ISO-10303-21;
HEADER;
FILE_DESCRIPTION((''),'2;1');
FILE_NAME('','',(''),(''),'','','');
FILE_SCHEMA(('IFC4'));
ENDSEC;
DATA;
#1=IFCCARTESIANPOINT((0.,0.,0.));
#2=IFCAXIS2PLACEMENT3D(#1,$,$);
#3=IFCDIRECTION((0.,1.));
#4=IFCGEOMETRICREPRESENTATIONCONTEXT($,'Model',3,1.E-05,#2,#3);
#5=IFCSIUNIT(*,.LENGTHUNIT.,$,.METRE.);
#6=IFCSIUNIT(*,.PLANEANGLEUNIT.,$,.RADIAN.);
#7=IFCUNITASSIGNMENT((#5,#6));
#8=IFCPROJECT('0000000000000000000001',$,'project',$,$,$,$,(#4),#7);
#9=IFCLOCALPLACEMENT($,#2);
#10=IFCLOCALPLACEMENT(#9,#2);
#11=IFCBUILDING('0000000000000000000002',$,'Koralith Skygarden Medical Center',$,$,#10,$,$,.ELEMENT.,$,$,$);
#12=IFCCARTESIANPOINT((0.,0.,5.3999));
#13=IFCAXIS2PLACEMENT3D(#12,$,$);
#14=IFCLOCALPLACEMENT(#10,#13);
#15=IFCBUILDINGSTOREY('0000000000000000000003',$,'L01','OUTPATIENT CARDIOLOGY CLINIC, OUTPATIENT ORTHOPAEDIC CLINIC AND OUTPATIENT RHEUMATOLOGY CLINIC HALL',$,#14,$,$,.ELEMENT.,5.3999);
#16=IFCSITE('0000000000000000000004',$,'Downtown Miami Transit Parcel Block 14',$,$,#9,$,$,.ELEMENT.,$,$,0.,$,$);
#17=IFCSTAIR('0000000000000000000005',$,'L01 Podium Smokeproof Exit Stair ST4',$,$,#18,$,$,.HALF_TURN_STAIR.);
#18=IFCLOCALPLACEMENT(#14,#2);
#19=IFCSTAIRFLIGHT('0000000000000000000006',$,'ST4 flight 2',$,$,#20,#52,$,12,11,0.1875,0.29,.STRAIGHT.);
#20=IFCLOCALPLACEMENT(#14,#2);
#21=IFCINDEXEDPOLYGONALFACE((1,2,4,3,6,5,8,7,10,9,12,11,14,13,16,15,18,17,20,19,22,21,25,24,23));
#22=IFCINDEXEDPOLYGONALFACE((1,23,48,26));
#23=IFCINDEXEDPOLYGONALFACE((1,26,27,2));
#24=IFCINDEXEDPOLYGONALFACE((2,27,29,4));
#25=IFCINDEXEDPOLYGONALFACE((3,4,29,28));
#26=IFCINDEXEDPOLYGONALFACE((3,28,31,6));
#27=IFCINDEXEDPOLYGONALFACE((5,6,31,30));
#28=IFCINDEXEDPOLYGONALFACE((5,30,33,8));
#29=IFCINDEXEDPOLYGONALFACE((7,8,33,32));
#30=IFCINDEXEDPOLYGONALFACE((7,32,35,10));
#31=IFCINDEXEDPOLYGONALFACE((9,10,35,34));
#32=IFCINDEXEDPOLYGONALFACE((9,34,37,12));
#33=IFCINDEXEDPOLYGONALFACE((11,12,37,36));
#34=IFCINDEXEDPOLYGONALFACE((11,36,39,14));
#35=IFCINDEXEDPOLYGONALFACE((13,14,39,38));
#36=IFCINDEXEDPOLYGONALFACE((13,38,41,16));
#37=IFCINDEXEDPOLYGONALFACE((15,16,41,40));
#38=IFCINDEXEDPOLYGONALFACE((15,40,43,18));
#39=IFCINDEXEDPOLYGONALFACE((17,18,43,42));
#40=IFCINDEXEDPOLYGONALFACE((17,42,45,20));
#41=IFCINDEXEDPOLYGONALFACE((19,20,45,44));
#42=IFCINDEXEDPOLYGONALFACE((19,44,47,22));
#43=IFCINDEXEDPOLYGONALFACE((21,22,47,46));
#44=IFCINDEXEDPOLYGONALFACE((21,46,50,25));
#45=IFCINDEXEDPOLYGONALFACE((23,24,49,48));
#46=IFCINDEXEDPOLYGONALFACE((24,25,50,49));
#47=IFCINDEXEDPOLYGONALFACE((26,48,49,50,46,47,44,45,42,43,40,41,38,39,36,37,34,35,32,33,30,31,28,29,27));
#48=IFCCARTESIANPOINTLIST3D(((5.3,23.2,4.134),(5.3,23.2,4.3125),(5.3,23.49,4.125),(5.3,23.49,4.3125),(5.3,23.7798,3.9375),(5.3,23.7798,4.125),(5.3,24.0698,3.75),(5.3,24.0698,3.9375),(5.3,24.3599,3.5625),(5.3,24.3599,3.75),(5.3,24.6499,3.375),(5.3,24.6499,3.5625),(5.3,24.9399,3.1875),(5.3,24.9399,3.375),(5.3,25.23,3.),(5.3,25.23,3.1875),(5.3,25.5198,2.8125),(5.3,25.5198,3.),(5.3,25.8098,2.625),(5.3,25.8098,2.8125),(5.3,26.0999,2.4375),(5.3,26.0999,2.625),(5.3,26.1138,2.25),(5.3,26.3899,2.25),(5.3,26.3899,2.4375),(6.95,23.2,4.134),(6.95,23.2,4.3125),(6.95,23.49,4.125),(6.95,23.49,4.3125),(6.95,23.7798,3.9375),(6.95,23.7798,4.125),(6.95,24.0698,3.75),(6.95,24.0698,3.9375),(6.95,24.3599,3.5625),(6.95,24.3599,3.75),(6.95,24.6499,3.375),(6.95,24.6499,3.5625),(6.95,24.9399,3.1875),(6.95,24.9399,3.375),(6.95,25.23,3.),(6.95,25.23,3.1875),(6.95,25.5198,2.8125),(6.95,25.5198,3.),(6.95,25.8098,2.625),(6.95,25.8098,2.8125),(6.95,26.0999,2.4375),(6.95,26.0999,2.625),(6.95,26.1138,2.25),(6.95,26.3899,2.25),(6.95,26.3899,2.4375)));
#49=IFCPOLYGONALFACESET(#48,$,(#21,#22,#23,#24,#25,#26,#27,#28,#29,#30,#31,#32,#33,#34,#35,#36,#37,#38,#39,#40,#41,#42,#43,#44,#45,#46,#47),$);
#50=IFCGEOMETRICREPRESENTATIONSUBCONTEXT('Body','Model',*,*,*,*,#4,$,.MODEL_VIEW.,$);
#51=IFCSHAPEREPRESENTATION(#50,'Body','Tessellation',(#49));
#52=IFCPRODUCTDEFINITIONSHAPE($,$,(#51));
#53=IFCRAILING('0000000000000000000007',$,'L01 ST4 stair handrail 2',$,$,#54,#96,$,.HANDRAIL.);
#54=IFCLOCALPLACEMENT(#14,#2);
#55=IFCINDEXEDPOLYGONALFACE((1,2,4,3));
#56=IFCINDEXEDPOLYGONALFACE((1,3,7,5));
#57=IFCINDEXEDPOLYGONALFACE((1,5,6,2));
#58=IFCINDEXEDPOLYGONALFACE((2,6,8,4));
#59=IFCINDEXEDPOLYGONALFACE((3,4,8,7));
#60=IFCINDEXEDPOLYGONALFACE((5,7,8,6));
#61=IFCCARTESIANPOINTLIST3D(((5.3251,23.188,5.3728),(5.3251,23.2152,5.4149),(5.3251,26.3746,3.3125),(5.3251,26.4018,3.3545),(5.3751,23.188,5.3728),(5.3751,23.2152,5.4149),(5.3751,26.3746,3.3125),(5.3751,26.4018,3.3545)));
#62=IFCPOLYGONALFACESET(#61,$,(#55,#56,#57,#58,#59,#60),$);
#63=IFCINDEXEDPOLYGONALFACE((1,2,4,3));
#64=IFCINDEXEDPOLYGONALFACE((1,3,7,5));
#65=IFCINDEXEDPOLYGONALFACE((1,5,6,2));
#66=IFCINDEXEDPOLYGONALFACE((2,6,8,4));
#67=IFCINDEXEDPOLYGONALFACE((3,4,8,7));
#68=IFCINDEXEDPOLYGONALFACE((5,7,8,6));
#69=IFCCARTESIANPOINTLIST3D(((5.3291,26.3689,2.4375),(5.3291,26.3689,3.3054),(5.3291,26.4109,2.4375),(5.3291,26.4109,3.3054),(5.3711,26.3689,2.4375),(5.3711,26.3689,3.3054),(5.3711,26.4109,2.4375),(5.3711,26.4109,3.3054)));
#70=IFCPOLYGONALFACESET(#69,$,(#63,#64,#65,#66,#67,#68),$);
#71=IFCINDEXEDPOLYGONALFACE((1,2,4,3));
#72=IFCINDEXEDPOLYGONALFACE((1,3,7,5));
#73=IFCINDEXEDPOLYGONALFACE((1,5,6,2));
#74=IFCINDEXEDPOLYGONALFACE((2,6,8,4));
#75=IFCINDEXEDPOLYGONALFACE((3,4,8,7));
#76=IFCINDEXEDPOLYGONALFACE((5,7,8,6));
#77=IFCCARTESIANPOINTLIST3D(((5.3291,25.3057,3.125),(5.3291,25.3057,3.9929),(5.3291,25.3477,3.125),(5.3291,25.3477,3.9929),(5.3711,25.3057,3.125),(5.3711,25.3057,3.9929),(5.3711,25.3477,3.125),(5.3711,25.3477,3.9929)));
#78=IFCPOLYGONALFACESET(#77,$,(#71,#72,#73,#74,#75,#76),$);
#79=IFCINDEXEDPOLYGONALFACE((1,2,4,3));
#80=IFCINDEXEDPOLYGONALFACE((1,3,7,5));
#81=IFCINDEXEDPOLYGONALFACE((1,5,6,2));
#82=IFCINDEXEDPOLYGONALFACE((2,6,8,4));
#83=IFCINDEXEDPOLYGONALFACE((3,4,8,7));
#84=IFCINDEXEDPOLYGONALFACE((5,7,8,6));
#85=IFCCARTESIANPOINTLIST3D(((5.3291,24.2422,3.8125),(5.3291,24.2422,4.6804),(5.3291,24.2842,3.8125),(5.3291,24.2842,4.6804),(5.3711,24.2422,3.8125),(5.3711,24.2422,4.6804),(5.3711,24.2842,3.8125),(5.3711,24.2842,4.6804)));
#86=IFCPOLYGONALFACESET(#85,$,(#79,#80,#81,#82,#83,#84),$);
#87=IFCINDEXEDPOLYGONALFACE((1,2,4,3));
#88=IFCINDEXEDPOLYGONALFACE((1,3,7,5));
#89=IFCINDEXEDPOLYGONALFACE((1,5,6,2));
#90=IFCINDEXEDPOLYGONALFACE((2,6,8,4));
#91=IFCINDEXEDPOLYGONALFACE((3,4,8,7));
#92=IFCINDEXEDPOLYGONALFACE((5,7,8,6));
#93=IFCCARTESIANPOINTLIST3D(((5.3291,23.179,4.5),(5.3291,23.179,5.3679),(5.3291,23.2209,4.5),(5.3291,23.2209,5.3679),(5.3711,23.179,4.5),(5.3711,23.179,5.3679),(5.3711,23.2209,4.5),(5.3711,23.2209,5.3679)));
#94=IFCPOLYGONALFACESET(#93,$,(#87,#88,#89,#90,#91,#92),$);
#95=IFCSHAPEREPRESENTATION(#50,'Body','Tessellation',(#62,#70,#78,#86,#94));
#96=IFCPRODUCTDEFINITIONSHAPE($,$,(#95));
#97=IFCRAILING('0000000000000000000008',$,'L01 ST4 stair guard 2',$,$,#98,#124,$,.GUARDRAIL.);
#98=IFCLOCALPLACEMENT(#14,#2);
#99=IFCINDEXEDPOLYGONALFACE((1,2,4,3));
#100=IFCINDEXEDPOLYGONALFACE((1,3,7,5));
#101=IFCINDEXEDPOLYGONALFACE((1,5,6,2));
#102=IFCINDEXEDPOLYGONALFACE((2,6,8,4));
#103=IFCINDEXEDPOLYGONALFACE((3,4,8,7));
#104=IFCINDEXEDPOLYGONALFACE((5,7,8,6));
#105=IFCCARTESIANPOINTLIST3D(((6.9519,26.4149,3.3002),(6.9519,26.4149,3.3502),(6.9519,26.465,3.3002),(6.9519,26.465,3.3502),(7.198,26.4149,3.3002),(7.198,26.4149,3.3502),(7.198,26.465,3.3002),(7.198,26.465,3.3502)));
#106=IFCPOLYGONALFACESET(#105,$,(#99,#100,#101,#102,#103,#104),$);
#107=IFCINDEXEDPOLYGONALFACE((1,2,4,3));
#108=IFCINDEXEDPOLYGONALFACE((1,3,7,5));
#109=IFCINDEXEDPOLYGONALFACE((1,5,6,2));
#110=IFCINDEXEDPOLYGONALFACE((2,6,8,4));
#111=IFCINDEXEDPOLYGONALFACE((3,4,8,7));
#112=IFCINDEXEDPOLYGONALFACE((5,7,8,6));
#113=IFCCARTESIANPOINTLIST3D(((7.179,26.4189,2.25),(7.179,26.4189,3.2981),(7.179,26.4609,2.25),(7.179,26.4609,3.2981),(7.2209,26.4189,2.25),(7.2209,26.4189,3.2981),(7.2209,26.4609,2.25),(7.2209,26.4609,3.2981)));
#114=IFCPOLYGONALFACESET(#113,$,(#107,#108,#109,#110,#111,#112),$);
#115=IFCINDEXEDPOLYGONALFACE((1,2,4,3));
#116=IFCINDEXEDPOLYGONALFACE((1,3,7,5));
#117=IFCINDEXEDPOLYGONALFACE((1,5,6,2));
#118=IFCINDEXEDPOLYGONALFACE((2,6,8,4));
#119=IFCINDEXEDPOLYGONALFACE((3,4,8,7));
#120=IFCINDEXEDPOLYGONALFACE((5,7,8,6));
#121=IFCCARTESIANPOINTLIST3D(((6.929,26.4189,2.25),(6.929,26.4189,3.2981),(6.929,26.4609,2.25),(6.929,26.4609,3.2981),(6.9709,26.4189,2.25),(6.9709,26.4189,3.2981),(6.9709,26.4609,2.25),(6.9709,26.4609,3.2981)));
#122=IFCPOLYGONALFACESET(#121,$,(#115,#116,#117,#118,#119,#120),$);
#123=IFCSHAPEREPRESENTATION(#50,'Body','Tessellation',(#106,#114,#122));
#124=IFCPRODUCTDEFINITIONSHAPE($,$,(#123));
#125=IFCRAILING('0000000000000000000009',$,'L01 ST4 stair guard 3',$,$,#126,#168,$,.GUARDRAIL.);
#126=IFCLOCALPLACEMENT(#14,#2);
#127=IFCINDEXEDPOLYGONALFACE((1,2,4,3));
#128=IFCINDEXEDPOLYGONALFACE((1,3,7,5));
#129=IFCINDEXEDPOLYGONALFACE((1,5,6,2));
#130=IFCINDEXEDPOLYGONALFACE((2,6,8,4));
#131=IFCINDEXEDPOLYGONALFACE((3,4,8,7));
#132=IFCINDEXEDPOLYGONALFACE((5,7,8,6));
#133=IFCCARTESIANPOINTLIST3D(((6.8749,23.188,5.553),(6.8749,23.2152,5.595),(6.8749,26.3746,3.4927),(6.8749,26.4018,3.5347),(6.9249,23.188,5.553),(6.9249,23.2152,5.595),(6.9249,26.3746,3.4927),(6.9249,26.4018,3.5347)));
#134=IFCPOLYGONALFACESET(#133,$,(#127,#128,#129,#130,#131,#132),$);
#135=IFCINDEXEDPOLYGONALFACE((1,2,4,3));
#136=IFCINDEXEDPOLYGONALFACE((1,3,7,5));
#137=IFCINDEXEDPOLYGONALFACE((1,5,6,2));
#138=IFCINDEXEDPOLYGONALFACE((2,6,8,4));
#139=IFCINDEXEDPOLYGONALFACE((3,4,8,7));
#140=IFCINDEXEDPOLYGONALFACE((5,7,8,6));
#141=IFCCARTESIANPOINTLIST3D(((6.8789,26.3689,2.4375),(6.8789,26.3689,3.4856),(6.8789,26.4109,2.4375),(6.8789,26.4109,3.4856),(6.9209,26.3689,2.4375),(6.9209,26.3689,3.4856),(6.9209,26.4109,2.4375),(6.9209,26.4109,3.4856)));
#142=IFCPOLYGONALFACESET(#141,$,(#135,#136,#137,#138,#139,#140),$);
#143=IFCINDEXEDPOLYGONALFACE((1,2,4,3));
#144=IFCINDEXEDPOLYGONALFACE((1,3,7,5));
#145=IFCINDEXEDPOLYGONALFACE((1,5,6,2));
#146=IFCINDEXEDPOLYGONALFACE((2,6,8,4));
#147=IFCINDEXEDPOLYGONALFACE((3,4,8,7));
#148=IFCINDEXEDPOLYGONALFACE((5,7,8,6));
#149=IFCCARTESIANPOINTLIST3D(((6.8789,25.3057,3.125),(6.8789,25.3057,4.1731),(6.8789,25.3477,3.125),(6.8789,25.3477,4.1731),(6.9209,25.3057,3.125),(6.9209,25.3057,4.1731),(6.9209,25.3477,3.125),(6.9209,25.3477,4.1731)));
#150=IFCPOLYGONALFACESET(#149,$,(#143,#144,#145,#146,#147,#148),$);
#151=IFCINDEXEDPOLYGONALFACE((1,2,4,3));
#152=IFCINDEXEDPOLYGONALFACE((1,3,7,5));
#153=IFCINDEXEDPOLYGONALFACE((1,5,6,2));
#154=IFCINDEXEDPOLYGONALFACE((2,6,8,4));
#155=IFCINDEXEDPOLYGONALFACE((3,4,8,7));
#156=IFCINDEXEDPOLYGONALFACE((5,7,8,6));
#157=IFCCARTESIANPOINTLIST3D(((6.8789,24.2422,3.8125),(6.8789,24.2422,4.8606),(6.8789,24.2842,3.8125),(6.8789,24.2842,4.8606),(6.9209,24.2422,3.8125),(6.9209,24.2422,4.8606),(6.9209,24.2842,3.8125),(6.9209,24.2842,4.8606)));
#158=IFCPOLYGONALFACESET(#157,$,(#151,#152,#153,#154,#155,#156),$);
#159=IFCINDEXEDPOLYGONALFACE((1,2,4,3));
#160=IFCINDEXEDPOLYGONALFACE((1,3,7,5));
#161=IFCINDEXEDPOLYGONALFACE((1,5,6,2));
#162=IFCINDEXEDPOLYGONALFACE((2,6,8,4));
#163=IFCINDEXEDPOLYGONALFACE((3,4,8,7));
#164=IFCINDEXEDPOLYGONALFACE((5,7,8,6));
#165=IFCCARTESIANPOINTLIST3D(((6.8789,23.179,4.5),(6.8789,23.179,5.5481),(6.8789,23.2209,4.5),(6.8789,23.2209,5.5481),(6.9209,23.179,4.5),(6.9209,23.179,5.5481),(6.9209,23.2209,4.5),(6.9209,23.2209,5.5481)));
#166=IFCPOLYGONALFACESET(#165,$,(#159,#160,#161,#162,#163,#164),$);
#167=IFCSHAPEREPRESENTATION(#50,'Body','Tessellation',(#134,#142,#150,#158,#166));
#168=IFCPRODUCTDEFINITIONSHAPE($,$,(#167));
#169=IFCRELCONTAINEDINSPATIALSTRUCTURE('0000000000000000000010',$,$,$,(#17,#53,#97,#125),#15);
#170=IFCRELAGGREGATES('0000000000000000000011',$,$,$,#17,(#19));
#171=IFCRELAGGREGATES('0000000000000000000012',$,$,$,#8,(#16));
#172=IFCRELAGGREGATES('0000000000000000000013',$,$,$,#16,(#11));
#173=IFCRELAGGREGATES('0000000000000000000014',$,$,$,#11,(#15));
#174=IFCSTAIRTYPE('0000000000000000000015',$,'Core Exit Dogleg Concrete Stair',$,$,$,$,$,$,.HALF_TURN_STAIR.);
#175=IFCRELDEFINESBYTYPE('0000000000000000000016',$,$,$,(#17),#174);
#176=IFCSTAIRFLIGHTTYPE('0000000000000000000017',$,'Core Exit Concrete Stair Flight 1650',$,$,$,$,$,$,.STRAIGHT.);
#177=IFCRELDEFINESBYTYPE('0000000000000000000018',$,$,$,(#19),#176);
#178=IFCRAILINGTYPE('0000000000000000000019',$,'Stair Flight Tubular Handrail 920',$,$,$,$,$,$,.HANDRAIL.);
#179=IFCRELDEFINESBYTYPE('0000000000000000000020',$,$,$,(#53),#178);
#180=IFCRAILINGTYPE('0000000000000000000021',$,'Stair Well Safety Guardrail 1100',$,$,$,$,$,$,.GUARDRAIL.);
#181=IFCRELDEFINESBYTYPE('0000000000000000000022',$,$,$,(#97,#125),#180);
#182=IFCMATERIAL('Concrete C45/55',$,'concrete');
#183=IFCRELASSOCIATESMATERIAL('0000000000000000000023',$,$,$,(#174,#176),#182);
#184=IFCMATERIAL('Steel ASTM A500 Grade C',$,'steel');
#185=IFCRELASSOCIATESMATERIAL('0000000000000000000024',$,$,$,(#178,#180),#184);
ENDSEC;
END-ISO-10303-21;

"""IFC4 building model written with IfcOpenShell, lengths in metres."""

from ifc_helpers import new_model, si_unit, direction, frame, origin, origin_2d, place, context, subcontext, project, spatial, polyline, rectangle, outline, extrude, material, type_object, element, aggregate, save


model = new_model("IFC4")

# Units and contexts
model_context = context("Model", 3, precision=1e-05, world=origin(), true_north=direction((0.0, 1.0)))
body_context = subcontext(model_context, "Body", "Model", "MODEL_VIEW")
ifc_project = project(units=[si_unit("LENGTHUNIT", "METRE"), si_unit("PLANEANGLEUNIT", "RADIAN")], contexts=[model_context])

# Site, building, storey
site_placement = place(None, origin())
site = spatial("IfcSite", under=ifc_project, at=site_placement, Name="Downtown Miami Transit Parcel Block 14", CompositionType="ELEMENT", RefElevation=0.0)
building_placement = place(site_placement, origin())
building = spatial("IfcBuilding", under=site, at=building_placement, Name="Koralith Skygarden Medical Center", CompositionType="ELEMENT")
storey_placement = place(building_placement, frame((0.0, 0.0, 5.3999)))
storey = spatial("IfcBuildingStorey", under=building, at=storey_placement, Name="L01", Description="OUTPATIENT CARDIOLOGY CLINIC, OUTPATIENT ORTHOPAEDIC CLINIC AND OUTPATIENT RHEUMATOLOGY CLINIC HALL", CompositionType="ELEMENT", Elevation=5.3999)

# Shared definitions
ifc_material_1 = material(Name="Concrete C45/55", Category="concrete")

# Stair, stair flight
stair_type = type_object("IfcStairType", Name="Core Exit Dogleg Concrete Stair", PredefinedType="HALF_TURN_STAIR", material=ifc_material_1)
stair_placement = place(storey_placement, origin())
stair = element("IfcStair", 1, at=stair_placement, inside=storey, type_object=stair_type, Name="L01 Podium Smokeproof Exit Stair ST4", PredefinedType="HALF_TURN_STAIR")
stair_flight_type = type_object("IfcStairFlightType", Name="Core Exit Concrete Stair Flight 1650", PredefinedType="STRAIGHT", material=ifc_material_1)
stair_flight_placement = place(storey_placement, frame((6.125, 26.3899, 2.25), z_axis=(0.0, 0.0, 1.0), x_axis=(0.0, -1.0, 0.0)))
stair_flight = element("IfcStairFlight", 2, at=stair_flight_placement, type_object=stair_flight_type, Name="ST4 flight 2", NumberOfRisers=12, NumberOfTreads=11, PredefinedType="STRAIGHT", RiserHeight=0.1875, TreadLength=0.29, context=body_context, shape_type="SweptSolid", body=[
    extrude(outline(polyline([(0.0, 0.0), (0.0, 0.1875), (0.29, 0.1875), (0.29, 0.375), (0.5801, 0.375), (0.5801, 0.5625), (0.8701, 0.5625), (0.8701, 0.75), (1.1599, 0.75), (1.1599, 0.9375), (1.45, 0.9375), (1.45, 1.125), (1.74, 1.125), (1.74, 1.3125), (2.03, 1.3125), (2.03, 1.5), (2.3201, 1.5), (2.3201, 1.6875), (2.6101, 1.6875), (2.6101, 1.875), (2.8999, 1.875), (2.8999, 2.0625), (3.1899, 2.0625), (3.1899, 2.25), (3.1899, 1.884), (0.2761, 0.0), (0.0, 0.0)])), frame((0.0, 0.825, 0.0), z_axis=(0.0, -1.0, 0.0), x_axis=(1.0, 0.0, 0.0)), (0.0, 0.0, 1.0), 1.6499),
])
aggregate(stair, [stair_flight])

# Railings
ifc_material_2 = material(Name="Steel ASTM A500 Grade C", Category="steel")
railing_type_1 = type_object("IfcRailingType", Name="Stair Flight Tubular Handrail 920", PredefinedType="HANDRAIL", material=ifc_material_2)
railing_1_placement = place(storey_placement, frame((5.3501, 26.3899, 2.4375)))
element("IfcRailing", 3, at=railing_1_placement, inside=storey, type_object=railing_type_1, Name="L01 ST4 stair handrail 2", PredefinedType="HANDRAIL", context=body_context, shape_type="SweptSolid", body=[
    extrude(rectangle(XDim=0.05, YDim=0.05, at=origin_2d()), frame((0.0, -0.0017, 0.896), z_axis=(0.0, -0.83976, 0.542958), x_axis=(1.0, 0.0, 0.0)), (0.0, 0.0, 1.0), 3.7947),
    extrude(rectangle(XDim=0.042, YDim=0.042, at=origin_2d()), origin(), (0.0, 0.0, 1.0), 0.8679),
    extrude(rectangle(XDim=0.042, YDim=0.042, at=origin_2d()), frame((0.0, -1.0632, 0.6875)), (0.0, 0.0, 1.0), 0.8679),
    extrude(rectangle(XDim=0.042, YDim=0.042, at=origin_2d()), frame((0.0, -2.1267, 1.375)), (0.0, 0.0, 1.0), 0.8679),
    extrude(rectangle(XDim=0.042, YDim=0.042, at=origin_2d()), frame((0.0, -3.1899, 2.0625)), (0.0, 0.0, 1.0), 0.8679),
])
railing_type_2 = type_object("IfcRailingType", Name="Stair Well Safety Guardrail 1100", PredefinedType="GUARDRAIL", material=ifc_material_2)
railing_2_placement = place(storey_placement, frame((7.2, 26.4399, 2.25)))
element("IfcRailing", 4, at=railing_2_placement, inside=storey, type_object=railing_type_2, Name="L01 ST4 stair guard 2", PredefinedType="GUARDRAIL", context=body_context, shape_type="SweptSolid", body=[
    extrude(rectangle(XDim=0.05, YDim=0.05, at=origin_2d()), frame((-0.002, 0.0, 1.0752), z_axis=(-1.0, 0.0, 0.0), x_axis=(0.0, -1.0, 0.0)), (0.0, 0.0, 1.0), 0.2461),
    extrude(rectangle(XDim=0.042, YDim=0.042, at=origin_2d()), origin(), (0.0, 0.0, 1.0), 1.0481),
    extrude(rectangle(XDim=0.042, YDim=0.042, at=origin_2d()), frame((-0.25, 0.0, 0.0)), (0.0, 0.0, 1.0), 1.0481),
])
railing_3_placement = place(storey_placement, frame((6.8999, 26.3899, 2.4375)))
element("IfcRailing", 5, at=railing_3_placement, inside=storey, type_object=railing_type_2, Name="L01 ST4 stair guard 3", PredefinedType="GUARDRAIL", context=body_context, shape_type="SweptSolid", body=[
    extrude(rectangle(XDim=0.05, YDim=0.05, at=origin_2d()), frame((0.0, -0.0017, 1.0762), z_axis=(0.0, -0.83976, 0.542958), x_axis=(1.0, 0.0, 0.0)), (0.0, 0.0, 1.0), 3.7947),
    extrude(rectangle(XDim=0.042, YDim=0.042, at=origin_2d()), origin(), (0.0, 0.0, 1.0), 1.0481),
    extrude(rectangle(XDim=0.042, YDim=0.042, at=origin_2d()), frame((0.0, -1.0632, 0.6875)), (0.0, 0.0, 1.0), 1.0481),
    extrude(rectangle(XDim=0.042, YDim=0.042, at=origin_2d()), frame((0.0, -2.1267, 1.375)), (0.0, 0.0, 1.0), 1.0481),
    extrude(rectangle(XDim=0.042, YDim=0.042, at=origin_2d()), frame((0.0, -3.1899, 2.0625)), (0.0, 0.0, 1.0), 1.0481),
])

save(model, "model.ifc")
